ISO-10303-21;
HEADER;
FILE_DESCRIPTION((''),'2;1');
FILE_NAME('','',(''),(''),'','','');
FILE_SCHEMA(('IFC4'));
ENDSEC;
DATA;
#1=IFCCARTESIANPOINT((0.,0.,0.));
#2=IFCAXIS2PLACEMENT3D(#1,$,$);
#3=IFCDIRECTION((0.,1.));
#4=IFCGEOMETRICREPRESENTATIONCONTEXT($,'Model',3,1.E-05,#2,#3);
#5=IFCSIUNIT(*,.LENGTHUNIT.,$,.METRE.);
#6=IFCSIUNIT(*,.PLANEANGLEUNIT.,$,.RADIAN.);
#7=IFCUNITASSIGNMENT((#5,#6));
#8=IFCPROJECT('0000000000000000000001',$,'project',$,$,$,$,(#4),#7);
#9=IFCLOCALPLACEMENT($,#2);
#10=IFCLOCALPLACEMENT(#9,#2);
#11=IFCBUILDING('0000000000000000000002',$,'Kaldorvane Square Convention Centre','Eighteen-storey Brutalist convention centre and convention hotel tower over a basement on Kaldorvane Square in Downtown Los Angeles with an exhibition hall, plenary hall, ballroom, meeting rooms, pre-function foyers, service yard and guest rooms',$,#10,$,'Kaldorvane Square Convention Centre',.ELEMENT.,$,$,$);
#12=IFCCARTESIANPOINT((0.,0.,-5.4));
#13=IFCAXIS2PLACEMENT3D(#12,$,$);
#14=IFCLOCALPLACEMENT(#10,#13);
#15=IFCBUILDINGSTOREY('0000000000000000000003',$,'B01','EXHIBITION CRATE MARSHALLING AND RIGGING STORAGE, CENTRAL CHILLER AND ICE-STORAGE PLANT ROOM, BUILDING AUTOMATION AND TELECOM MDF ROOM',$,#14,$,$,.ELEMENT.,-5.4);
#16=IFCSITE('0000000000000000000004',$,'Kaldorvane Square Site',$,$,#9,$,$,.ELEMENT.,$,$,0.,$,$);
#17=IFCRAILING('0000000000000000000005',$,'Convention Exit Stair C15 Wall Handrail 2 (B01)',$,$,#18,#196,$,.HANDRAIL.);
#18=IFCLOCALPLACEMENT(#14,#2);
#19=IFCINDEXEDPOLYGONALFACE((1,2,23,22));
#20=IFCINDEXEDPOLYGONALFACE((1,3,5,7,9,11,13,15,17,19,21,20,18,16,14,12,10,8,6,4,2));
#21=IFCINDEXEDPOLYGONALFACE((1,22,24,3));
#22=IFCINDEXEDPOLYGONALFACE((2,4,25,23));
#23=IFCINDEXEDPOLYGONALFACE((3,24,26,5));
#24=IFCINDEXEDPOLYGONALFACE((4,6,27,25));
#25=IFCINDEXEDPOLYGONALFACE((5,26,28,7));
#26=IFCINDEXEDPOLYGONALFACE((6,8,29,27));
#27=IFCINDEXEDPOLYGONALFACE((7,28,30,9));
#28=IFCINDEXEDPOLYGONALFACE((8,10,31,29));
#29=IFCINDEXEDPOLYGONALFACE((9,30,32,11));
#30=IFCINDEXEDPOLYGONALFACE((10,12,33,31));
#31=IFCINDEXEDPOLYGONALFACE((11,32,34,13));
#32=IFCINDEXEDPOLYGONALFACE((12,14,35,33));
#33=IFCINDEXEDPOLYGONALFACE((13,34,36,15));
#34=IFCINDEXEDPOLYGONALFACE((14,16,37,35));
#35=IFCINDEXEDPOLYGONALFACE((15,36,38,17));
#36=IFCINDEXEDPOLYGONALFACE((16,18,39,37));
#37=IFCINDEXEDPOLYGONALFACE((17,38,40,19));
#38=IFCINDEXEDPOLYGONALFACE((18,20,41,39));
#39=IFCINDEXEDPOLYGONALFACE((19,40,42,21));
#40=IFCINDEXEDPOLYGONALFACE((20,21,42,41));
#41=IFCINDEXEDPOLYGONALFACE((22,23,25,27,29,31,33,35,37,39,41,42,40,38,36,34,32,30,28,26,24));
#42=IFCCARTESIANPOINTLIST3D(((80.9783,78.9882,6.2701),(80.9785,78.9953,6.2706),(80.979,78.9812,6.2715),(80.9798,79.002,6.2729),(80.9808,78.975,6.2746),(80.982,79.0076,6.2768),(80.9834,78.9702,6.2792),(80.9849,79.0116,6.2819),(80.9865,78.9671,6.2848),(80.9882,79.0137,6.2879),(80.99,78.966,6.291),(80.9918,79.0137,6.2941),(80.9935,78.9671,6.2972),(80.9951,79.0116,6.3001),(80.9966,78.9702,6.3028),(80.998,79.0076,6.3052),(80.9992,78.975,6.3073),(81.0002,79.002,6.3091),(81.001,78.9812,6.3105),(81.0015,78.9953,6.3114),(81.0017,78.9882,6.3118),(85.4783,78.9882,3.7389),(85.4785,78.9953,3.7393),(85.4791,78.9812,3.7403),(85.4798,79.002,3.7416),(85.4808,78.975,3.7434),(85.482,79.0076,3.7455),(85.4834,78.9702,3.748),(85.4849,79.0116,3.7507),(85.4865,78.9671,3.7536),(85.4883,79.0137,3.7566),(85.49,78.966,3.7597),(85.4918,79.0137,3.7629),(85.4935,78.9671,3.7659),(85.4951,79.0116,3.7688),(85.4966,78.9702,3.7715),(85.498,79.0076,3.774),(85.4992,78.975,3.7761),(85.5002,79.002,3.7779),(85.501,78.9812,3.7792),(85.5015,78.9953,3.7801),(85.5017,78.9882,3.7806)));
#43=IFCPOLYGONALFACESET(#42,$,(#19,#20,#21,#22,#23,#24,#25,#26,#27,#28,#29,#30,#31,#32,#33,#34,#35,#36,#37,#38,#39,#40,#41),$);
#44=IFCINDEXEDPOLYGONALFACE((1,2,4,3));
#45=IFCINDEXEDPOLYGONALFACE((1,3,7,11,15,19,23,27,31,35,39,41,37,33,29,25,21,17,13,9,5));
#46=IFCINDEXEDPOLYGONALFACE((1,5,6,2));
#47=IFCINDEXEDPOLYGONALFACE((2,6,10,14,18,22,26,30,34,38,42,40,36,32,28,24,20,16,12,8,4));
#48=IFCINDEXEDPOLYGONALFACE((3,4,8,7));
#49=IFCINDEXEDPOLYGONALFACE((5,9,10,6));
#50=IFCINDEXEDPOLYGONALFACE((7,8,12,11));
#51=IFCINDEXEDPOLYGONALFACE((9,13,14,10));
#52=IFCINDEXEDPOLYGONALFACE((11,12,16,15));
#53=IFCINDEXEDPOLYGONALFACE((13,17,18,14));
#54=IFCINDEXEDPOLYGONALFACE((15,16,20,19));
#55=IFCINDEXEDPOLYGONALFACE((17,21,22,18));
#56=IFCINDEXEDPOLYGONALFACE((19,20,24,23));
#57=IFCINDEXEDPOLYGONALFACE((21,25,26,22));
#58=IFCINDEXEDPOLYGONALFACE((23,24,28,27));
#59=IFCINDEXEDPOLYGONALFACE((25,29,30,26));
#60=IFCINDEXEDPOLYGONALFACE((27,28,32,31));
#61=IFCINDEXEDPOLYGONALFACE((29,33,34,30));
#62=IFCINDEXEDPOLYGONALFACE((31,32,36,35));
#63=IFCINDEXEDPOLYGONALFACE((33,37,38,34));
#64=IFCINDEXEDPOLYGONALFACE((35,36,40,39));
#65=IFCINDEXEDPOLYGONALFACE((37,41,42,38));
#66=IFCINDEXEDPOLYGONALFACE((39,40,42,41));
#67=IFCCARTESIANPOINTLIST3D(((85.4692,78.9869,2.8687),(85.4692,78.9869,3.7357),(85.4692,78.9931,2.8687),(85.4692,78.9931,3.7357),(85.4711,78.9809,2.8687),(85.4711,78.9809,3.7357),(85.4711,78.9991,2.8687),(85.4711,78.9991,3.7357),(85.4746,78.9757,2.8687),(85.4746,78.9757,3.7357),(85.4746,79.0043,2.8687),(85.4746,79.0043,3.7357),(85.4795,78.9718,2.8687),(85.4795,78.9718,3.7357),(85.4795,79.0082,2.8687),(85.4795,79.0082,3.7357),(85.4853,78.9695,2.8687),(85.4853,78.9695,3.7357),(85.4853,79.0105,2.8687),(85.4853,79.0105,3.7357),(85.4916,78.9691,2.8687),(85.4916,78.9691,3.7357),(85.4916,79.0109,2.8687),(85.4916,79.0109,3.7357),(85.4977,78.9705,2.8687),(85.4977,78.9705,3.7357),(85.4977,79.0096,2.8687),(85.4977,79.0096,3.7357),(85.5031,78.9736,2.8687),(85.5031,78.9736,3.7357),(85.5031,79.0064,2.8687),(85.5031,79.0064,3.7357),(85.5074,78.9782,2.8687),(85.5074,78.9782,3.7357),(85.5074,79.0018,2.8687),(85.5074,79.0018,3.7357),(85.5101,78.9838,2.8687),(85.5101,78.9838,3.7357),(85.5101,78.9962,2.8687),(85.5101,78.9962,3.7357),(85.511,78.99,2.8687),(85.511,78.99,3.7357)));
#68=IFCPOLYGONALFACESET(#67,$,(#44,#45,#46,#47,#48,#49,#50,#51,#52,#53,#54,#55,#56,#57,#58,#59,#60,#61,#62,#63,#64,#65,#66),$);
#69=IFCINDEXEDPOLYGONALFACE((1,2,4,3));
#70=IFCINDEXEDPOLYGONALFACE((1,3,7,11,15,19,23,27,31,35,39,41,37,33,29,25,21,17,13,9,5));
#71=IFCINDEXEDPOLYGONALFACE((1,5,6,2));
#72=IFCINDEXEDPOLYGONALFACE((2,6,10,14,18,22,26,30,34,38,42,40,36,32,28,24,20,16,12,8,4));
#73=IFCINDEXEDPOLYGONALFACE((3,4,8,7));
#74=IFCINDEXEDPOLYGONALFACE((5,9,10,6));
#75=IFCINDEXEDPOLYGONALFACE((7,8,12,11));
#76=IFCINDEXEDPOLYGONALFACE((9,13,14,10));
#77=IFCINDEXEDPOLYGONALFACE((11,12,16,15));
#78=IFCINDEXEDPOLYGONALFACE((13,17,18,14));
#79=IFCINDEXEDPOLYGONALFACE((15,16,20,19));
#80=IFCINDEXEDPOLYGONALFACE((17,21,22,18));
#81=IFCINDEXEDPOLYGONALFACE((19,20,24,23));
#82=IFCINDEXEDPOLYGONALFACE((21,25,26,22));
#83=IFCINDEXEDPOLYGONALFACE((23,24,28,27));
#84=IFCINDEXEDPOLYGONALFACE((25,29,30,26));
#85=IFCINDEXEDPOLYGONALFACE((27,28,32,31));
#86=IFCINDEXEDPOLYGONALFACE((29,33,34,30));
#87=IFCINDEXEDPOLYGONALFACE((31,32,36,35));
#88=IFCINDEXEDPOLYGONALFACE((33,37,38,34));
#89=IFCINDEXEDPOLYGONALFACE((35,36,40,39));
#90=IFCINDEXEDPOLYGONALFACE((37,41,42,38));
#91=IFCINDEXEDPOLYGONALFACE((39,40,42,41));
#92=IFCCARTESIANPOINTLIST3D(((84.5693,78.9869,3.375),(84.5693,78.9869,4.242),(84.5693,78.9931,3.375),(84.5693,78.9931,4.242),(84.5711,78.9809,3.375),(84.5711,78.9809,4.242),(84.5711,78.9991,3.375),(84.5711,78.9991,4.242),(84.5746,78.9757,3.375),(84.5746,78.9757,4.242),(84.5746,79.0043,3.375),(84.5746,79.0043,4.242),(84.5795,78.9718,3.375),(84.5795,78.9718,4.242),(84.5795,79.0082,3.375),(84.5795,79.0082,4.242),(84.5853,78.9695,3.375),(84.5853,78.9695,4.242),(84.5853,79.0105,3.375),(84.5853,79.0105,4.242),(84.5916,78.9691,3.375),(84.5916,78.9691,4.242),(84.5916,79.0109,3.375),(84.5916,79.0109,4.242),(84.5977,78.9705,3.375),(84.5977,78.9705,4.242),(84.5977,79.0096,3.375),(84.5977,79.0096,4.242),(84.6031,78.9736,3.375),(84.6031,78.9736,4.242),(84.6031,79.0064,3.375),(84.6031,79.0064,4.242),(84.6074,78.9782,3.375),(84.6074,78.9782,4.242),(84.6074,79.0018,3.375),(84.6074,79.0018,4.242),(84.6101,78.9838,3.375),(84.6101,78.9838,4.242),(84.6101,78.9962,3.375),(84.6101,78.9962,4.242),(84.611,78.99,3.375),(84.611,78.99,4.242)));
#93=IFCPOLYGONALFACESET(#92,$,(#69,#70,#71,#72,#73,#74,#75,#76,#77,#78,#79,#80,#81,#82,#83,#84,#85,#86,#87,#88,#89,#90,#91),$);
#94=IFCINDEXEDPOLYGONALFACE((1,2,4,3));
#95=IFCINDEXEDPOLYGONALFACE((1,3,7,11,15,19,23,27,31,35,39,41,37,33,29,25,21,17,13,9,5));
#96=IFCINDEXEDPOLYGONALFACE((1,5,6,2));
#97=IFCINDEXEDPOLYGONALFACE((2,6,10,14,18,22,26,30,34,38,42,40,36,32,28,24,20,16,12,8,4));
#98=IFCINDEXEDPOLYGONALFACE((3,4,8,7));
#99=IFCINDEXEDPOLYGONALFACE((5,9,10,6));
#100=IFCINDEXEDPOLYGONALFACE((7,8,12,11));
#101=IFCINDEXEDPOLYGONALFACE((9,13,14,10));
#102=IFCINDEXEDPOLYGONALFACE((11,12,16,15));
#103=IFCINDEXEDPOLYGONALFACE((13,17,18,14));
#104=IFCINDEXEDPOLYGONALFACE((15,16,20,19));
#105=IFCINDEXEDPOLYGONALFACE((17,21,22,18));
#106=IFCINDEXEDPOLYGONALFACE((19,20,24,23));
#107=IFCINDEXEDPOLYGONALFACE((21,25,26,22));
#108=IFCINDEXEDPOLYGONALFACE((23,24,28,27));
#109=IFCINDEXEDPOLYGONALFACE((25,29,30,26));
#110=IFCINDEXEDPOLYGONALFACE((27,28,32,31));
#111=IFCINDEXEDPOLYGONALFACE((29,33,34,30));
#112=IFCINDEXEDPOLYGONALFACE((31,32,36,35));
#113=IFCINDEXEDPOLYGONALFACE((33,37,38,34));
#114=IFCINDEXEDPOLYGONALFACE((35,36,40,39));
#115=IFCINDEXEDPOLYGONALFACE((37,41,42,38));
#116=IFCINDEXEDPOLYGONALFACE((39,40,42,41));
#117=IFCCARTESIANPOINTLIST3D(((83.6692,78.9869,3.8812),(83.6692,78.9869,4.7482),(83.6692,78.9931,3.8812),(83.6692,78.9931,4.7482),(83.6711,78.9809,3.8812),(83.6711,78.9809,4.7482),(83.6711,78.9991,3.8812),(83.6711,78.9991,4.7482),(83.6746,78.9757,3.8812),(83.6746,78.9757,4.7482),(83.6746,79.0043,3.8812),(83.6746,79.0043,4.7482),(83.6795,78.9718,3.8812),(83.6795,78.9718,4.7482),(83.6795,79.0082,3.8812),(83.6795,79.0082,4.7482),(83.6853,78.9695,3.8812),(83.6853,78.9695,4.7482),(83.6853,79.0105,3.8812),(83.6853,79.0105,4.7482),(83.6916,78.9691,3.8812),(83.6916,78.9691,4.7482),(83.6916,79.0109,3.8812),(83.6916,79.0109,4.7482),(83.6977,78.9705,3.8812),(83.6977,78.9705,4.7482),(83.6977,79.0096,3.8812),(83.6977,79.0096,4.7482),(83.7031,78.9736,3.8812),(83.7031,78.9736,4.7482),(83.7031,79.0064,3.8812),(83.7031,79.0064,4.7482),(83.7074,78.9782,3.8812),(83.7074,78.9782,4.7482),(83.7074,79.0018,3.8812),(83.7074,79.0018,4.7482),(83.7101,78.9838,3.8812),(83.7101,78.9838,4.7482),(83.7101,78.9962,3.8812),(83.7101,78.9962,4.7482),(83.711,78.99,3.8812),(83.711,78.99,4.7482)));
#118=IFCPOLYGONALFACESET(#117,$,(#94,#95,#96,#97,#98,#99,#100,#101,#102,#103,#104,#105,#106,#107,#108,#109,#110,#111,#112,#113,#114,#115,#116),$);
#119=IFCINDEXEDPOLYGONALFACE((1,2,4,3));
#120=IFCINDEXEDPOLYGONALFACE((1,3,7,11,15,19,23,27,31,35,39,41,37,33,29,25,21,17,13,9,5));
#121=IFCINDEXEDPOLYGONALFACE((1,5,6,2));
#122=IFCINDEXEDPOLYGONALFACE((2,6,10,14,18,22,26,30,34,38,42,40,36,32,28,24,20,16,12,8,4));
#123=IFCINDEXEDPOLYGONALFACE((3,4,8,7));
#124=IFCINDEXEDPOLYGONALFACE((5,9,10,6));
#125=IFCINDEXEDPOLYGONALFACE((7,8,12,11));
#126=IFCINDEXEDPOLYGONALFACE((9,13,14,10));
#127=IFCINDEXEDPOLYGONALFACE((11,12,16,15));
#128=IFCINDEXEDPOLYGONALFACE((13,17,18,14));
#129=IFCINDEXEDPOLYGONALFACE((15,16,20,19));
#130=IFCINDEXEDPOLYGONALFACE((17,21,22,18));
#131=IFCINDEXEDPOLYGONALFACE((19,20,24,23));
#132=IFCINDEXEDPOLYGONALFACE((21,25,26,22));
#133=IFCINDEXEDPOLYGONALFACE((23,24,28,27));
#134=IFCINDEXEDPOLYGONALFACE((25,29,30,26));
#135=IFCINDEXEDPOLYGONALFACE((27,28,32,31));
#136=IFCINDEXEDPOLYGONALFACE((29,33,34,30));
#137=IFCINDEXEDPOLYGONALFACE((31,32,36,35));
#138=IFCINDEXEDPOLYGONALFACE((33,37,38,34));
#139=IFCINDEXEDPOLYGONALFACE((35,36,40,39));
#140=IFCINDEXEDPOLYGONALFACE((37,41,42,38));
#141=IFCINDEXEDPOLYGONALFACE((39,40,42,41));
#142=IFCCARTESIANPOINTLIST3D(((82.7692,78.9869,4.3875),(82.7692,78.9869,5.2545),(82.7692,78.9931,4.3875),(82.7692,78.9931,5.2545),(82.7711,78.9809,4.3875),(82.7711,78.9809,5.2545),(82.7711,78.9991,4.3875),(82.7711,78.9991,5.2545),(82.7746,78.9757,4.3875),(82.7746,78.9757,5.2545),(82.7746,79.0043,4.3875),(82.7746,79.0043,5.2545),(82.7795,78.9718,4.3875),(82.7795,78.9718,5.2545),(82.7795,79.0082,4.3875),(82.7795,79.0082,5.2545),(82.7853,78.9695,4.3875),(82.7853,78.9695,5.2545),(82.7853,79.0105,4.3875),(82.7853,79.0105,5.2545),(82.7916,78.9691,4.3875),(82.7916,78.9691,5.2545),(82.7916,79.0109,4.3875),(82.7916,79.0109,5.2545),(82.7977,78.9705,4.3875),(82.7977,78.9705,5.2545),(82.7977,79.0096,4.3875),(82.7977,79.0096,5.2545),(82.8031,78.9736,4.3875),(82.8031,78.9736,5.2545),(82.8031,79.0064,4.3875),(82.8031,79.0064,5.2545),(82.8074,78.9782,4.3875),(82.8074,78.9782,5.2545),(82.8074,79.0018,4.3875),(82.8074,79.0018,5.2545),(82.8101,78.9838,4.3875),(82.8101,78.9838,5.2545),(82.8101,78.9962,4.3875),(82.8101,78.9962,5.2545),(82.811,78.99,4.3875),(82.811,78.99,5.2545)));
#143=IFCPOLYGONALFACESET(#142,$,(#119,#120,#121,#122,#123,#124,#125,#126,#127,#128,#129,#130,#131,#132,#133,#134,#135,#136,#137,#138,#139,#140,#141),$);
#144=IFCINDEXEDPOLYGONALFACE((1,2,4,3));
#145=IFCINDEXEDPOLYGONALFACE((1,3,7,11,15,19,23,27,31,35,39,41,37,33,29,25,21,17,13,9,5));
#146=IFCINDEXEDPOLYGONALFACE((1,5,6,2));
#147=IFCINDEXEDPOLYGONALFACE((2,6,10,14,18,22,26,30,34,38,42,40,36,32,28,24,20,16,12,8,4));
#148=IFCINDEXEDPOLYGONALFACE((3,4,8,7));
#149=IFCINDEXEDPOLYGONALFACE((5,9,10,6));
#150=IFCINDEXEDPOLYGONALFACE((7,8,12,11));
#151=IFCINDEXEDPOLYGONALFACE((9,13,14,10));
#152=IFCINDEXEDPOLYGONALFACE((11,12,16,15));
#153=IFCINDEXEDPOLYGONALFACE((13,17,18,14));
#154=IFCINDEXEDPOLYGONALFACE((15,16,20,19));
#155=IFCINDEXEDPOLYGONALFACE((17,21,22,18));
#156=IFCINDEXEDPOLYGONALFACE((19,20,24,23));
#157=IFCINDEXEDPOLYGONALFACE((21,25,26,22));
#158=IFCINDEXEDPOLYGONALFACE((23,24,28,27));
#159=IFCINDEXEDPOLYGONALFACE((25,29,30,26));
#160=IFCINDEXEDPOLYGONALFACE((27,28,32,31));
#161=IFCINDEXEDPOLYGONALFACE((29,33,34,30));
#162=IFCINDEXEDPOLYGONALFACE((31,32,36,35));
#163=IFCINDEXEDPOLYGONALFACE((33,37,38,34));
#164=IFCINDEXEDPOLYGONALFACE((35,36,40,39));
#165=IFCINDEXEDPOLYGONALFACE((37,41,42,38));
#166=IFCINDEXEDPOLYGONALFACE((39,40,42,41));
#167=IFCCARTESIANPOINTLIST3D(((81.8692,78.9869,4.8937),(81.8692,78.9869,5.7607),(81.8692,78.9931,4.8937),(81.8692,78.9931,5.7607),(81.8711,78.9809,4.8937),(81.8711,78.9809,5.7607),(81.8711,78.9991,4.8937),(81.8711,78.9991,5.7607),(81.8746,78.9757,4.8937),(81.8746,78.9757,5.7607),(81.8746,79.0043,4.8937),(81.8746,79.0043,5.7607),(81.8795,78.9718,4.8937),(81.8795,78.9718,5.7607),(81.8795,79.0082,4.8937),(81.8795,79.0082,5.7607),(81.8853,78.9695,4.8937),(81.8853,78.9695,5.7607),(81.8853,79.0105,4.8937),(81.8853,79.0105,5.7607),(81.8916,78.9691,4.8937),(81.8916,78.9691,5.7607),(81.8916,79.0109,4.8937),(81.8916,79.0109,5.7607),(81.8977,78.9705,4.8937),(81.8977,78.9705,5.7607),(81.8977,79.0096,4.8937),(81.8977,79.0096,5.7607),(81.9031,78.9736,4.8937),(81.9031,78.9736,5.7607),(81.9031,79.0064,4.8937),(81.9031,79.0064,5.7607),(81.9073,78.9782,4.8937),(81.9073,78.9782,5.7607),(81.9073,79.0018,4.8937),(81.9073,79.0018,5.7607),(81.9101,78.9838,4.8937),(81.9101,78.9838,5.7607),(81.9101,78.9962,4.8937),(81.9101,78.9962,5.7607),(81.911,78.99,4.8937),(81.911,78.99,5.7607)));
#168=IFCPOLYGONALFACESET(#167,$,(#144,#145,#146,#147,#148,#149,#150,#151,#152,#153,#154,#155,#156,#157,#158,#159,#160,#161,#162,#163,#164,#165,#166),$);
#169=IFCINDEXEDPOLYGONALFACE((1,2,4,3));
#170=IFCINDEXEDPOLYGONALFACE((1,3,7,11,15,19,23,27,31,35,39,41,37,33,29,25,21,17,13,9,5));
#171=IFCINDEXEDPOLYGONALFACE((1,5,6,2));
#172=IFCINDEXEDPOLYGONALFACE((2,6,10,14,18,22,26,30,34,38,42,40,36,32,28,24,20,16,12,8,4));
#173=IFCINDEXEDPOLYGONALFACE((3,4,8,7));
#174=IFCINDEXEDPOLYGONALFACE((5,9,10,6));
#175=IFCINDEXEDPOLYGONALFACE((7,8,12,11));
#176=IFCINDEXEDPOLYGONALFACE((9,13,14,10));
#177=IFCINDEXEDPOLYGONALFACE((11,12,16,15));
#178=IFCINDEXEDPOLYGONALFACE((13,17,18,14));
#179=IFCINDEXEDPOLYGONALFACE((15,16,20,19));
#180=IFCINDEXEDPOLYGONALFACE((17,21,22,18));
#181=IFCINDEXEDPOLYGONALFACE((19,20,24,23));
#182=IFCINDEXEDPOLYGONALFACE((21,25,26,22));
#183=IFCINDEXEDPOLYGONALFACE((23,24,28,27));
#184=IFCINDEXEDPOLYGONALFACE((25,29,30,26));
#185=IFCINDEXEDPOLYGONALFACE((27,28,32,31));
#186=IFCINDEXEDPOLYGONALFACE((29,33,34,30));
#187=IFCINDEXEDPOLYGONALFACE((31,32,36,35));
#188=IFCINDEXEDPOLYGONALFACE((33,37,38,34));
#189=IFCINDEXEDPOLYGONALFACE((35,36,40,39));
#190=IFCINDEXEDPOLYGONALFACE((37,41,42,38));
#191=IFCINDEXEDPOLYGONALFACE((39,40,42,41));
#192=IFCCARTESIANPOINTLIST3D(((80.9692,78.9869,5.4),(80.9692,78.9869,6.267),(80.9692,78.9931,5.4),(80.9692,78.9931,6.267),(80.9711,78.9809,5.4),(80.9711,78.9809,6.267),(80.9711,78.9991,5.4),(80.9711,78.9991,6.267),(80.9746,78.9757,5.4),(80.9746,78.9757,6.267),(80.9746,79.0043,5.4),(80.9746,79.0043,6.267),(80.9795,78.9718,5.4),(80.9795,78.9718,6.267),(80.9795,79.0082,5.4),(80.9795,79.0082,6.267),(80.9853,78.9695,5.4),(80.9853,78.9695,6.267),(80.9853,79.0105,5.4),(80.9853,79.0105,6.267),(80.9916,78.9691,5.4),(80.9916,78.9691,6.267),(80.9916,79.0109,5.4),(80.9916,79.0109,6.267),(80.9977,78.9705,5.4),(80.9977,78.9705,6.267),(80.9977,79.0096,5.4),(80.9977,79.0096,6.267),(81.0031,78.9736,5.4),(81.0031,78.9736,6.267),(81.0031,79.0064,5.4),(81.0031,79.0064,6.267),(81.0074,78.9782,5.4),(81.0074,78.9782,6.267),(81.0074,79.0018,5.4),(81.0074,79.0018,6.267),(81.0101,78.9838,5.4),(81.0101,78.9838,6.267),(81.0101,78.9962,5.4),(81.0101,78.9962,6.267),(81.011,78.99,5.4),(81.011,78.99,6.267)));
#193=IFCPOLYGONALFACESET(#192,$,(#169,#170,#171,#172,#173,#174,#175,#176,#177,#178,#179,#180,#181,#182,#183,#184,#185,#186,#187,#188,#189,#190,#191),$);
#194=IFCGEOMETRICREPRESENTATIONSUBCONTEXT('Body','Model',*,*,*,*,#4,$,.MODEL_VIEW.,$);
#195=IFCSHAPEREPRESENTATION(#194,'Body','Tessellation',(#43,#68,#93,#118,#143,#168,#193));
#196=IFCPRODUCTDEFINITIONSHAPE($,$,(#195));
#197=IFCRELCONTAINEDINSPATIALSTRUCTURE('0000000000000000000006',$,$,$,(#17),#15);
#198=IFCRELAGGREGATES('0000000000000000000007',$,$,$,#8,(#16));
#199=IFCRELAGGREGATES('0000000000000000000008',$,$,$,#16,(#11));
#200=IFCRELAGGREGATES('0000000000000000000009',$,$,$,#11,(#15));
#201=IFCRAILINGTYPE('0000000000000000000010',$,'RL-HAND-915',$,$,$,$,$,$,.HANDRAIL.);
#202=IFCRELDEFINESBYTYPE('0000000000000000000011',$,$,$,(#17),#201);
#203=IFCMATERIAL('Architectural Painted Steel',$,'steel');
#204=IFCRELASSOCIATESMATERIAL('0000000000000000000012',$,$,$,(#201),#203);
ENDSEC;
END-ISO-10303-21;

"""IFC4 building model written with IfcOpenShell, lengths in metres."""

from ifc_helpers import new_model, si_unit, direction, frame, origin, origin_2d, place, context, subcontext, project, spatial, circle, extrude, material, type_object, element, save


model = new_model("IFC4")

# Units and contexts
model_context = context("Model", 3, precision=1e-05, world=origin(), true_north=direction((0.0, 1.0)))
body_context = subcontext(model_context, "Body", "Model", "MODEL_VIEW")
ifc_project = project(units=[si_unit("LENGTHUNIT", "METRE"), si_unit("PLANEANGLEUNIT", "RADIAN")], contexts=[model_context])

# Site, building, storey
site_placement = place(None, origin())
site = spatial("IfcSite", under=ifc_project, at=site_placement, Name="Kaldorvane Square Site", CompositionType="ELEMENT", RefElevation=0.0)
building_placement = place(site_placement, origin())
building = spatial("IfcBuilding", under=site, at=building_placement, Name="Kaldorvane Square Convention Centre", Description="Eighteen-storey Brutalist convention centre and convention hotel tower over a basement on Kaldorvane Square in Downtown Los Angeles with an exhibition hall, plenary hall, ballroom, meeting rooms, pre-function foyers, service yard and guest rooms", LongName="Kaldorvane Square Convention Centre", CompositionType="ELEMENT")
storey_placement = place(building_placement, frame((0.0, 0.0, -5.4)))
storey = spatial("IfcBuildingStorey", under=building, at=storey_placement, Name="B01", Description="EXHIBITION CRATE MARSHALLING AND RIGGING STORAGE, CENTRAL CHILLER AND ICE-STORAGE PLANT ROOM, BUILDING AUTOMATION AND TELECOM MDF ROOM", CompositionType="ELEMENT", Elevation=-5.4)

# Railing
ifc_material_1 = material(Name="Architectural Painted Steel", Category="steel")
railing_type = type_object("IfcRailingType", Name="RL-HAND-915", PredefinedType="HANDRAIL", material=ifc_material_1)
railing_placement = place(storey_placement, frame((85.49, 78.99, 2.8687)))
element("IfcRailing", 1, at=railing_placement, inside=storey, type_object=railing_type, Name="Convention Exit Stair C15 Wall Handrail 2 (B01)", PredefinedType="HANDRAIL", context=body_context, shape_type="SweptSolid", body=[
    extrude(circle(Radius=0.024, at=origin_2d()), frame((0.0, 0.0, 0.891), z_axis=(-0.871576, 0.0, 0.490261), x_axis=(0.0, -1.0, 0.0)), (0.0, 0.0, 1.0), 5.1631),
    extrude(circle(Radius=0.021, at=origin_2d()), origin(), (0.0, 0.0, 1.0), 0.867),
    extrude(circle(Radius=0.021, at=origin_2d()), frame((-0.9, 0.0, 0.5063)), (0.0, 0.0, 1.0), 0.867),
    extrude(circle(Radius=0.021, at=origin_2d()), frame((-1.8, 0.0, 1.0125)), (0.0, 0.0, 1.0), 0.867),
    extrude(circle(Radius=0.021, at=origin_2d()), frame((-2.7, 0.0, 1.5188)), (0.0, 0.0, 1.0), 0.867),
    extrude(circle(Radius=0.021, at=origin_2d()), frame((-3.6, 0.0, 2.025)), (0.0, 0.0, 1.0), 0.867),
    extrude(circle(Radius=0.021, at=origin_2d()), frame((-4.5, 0.0, 2.5312)), (0.0, 0.0, 1.0), 0.867),
])

save(model, "model.ifc")
